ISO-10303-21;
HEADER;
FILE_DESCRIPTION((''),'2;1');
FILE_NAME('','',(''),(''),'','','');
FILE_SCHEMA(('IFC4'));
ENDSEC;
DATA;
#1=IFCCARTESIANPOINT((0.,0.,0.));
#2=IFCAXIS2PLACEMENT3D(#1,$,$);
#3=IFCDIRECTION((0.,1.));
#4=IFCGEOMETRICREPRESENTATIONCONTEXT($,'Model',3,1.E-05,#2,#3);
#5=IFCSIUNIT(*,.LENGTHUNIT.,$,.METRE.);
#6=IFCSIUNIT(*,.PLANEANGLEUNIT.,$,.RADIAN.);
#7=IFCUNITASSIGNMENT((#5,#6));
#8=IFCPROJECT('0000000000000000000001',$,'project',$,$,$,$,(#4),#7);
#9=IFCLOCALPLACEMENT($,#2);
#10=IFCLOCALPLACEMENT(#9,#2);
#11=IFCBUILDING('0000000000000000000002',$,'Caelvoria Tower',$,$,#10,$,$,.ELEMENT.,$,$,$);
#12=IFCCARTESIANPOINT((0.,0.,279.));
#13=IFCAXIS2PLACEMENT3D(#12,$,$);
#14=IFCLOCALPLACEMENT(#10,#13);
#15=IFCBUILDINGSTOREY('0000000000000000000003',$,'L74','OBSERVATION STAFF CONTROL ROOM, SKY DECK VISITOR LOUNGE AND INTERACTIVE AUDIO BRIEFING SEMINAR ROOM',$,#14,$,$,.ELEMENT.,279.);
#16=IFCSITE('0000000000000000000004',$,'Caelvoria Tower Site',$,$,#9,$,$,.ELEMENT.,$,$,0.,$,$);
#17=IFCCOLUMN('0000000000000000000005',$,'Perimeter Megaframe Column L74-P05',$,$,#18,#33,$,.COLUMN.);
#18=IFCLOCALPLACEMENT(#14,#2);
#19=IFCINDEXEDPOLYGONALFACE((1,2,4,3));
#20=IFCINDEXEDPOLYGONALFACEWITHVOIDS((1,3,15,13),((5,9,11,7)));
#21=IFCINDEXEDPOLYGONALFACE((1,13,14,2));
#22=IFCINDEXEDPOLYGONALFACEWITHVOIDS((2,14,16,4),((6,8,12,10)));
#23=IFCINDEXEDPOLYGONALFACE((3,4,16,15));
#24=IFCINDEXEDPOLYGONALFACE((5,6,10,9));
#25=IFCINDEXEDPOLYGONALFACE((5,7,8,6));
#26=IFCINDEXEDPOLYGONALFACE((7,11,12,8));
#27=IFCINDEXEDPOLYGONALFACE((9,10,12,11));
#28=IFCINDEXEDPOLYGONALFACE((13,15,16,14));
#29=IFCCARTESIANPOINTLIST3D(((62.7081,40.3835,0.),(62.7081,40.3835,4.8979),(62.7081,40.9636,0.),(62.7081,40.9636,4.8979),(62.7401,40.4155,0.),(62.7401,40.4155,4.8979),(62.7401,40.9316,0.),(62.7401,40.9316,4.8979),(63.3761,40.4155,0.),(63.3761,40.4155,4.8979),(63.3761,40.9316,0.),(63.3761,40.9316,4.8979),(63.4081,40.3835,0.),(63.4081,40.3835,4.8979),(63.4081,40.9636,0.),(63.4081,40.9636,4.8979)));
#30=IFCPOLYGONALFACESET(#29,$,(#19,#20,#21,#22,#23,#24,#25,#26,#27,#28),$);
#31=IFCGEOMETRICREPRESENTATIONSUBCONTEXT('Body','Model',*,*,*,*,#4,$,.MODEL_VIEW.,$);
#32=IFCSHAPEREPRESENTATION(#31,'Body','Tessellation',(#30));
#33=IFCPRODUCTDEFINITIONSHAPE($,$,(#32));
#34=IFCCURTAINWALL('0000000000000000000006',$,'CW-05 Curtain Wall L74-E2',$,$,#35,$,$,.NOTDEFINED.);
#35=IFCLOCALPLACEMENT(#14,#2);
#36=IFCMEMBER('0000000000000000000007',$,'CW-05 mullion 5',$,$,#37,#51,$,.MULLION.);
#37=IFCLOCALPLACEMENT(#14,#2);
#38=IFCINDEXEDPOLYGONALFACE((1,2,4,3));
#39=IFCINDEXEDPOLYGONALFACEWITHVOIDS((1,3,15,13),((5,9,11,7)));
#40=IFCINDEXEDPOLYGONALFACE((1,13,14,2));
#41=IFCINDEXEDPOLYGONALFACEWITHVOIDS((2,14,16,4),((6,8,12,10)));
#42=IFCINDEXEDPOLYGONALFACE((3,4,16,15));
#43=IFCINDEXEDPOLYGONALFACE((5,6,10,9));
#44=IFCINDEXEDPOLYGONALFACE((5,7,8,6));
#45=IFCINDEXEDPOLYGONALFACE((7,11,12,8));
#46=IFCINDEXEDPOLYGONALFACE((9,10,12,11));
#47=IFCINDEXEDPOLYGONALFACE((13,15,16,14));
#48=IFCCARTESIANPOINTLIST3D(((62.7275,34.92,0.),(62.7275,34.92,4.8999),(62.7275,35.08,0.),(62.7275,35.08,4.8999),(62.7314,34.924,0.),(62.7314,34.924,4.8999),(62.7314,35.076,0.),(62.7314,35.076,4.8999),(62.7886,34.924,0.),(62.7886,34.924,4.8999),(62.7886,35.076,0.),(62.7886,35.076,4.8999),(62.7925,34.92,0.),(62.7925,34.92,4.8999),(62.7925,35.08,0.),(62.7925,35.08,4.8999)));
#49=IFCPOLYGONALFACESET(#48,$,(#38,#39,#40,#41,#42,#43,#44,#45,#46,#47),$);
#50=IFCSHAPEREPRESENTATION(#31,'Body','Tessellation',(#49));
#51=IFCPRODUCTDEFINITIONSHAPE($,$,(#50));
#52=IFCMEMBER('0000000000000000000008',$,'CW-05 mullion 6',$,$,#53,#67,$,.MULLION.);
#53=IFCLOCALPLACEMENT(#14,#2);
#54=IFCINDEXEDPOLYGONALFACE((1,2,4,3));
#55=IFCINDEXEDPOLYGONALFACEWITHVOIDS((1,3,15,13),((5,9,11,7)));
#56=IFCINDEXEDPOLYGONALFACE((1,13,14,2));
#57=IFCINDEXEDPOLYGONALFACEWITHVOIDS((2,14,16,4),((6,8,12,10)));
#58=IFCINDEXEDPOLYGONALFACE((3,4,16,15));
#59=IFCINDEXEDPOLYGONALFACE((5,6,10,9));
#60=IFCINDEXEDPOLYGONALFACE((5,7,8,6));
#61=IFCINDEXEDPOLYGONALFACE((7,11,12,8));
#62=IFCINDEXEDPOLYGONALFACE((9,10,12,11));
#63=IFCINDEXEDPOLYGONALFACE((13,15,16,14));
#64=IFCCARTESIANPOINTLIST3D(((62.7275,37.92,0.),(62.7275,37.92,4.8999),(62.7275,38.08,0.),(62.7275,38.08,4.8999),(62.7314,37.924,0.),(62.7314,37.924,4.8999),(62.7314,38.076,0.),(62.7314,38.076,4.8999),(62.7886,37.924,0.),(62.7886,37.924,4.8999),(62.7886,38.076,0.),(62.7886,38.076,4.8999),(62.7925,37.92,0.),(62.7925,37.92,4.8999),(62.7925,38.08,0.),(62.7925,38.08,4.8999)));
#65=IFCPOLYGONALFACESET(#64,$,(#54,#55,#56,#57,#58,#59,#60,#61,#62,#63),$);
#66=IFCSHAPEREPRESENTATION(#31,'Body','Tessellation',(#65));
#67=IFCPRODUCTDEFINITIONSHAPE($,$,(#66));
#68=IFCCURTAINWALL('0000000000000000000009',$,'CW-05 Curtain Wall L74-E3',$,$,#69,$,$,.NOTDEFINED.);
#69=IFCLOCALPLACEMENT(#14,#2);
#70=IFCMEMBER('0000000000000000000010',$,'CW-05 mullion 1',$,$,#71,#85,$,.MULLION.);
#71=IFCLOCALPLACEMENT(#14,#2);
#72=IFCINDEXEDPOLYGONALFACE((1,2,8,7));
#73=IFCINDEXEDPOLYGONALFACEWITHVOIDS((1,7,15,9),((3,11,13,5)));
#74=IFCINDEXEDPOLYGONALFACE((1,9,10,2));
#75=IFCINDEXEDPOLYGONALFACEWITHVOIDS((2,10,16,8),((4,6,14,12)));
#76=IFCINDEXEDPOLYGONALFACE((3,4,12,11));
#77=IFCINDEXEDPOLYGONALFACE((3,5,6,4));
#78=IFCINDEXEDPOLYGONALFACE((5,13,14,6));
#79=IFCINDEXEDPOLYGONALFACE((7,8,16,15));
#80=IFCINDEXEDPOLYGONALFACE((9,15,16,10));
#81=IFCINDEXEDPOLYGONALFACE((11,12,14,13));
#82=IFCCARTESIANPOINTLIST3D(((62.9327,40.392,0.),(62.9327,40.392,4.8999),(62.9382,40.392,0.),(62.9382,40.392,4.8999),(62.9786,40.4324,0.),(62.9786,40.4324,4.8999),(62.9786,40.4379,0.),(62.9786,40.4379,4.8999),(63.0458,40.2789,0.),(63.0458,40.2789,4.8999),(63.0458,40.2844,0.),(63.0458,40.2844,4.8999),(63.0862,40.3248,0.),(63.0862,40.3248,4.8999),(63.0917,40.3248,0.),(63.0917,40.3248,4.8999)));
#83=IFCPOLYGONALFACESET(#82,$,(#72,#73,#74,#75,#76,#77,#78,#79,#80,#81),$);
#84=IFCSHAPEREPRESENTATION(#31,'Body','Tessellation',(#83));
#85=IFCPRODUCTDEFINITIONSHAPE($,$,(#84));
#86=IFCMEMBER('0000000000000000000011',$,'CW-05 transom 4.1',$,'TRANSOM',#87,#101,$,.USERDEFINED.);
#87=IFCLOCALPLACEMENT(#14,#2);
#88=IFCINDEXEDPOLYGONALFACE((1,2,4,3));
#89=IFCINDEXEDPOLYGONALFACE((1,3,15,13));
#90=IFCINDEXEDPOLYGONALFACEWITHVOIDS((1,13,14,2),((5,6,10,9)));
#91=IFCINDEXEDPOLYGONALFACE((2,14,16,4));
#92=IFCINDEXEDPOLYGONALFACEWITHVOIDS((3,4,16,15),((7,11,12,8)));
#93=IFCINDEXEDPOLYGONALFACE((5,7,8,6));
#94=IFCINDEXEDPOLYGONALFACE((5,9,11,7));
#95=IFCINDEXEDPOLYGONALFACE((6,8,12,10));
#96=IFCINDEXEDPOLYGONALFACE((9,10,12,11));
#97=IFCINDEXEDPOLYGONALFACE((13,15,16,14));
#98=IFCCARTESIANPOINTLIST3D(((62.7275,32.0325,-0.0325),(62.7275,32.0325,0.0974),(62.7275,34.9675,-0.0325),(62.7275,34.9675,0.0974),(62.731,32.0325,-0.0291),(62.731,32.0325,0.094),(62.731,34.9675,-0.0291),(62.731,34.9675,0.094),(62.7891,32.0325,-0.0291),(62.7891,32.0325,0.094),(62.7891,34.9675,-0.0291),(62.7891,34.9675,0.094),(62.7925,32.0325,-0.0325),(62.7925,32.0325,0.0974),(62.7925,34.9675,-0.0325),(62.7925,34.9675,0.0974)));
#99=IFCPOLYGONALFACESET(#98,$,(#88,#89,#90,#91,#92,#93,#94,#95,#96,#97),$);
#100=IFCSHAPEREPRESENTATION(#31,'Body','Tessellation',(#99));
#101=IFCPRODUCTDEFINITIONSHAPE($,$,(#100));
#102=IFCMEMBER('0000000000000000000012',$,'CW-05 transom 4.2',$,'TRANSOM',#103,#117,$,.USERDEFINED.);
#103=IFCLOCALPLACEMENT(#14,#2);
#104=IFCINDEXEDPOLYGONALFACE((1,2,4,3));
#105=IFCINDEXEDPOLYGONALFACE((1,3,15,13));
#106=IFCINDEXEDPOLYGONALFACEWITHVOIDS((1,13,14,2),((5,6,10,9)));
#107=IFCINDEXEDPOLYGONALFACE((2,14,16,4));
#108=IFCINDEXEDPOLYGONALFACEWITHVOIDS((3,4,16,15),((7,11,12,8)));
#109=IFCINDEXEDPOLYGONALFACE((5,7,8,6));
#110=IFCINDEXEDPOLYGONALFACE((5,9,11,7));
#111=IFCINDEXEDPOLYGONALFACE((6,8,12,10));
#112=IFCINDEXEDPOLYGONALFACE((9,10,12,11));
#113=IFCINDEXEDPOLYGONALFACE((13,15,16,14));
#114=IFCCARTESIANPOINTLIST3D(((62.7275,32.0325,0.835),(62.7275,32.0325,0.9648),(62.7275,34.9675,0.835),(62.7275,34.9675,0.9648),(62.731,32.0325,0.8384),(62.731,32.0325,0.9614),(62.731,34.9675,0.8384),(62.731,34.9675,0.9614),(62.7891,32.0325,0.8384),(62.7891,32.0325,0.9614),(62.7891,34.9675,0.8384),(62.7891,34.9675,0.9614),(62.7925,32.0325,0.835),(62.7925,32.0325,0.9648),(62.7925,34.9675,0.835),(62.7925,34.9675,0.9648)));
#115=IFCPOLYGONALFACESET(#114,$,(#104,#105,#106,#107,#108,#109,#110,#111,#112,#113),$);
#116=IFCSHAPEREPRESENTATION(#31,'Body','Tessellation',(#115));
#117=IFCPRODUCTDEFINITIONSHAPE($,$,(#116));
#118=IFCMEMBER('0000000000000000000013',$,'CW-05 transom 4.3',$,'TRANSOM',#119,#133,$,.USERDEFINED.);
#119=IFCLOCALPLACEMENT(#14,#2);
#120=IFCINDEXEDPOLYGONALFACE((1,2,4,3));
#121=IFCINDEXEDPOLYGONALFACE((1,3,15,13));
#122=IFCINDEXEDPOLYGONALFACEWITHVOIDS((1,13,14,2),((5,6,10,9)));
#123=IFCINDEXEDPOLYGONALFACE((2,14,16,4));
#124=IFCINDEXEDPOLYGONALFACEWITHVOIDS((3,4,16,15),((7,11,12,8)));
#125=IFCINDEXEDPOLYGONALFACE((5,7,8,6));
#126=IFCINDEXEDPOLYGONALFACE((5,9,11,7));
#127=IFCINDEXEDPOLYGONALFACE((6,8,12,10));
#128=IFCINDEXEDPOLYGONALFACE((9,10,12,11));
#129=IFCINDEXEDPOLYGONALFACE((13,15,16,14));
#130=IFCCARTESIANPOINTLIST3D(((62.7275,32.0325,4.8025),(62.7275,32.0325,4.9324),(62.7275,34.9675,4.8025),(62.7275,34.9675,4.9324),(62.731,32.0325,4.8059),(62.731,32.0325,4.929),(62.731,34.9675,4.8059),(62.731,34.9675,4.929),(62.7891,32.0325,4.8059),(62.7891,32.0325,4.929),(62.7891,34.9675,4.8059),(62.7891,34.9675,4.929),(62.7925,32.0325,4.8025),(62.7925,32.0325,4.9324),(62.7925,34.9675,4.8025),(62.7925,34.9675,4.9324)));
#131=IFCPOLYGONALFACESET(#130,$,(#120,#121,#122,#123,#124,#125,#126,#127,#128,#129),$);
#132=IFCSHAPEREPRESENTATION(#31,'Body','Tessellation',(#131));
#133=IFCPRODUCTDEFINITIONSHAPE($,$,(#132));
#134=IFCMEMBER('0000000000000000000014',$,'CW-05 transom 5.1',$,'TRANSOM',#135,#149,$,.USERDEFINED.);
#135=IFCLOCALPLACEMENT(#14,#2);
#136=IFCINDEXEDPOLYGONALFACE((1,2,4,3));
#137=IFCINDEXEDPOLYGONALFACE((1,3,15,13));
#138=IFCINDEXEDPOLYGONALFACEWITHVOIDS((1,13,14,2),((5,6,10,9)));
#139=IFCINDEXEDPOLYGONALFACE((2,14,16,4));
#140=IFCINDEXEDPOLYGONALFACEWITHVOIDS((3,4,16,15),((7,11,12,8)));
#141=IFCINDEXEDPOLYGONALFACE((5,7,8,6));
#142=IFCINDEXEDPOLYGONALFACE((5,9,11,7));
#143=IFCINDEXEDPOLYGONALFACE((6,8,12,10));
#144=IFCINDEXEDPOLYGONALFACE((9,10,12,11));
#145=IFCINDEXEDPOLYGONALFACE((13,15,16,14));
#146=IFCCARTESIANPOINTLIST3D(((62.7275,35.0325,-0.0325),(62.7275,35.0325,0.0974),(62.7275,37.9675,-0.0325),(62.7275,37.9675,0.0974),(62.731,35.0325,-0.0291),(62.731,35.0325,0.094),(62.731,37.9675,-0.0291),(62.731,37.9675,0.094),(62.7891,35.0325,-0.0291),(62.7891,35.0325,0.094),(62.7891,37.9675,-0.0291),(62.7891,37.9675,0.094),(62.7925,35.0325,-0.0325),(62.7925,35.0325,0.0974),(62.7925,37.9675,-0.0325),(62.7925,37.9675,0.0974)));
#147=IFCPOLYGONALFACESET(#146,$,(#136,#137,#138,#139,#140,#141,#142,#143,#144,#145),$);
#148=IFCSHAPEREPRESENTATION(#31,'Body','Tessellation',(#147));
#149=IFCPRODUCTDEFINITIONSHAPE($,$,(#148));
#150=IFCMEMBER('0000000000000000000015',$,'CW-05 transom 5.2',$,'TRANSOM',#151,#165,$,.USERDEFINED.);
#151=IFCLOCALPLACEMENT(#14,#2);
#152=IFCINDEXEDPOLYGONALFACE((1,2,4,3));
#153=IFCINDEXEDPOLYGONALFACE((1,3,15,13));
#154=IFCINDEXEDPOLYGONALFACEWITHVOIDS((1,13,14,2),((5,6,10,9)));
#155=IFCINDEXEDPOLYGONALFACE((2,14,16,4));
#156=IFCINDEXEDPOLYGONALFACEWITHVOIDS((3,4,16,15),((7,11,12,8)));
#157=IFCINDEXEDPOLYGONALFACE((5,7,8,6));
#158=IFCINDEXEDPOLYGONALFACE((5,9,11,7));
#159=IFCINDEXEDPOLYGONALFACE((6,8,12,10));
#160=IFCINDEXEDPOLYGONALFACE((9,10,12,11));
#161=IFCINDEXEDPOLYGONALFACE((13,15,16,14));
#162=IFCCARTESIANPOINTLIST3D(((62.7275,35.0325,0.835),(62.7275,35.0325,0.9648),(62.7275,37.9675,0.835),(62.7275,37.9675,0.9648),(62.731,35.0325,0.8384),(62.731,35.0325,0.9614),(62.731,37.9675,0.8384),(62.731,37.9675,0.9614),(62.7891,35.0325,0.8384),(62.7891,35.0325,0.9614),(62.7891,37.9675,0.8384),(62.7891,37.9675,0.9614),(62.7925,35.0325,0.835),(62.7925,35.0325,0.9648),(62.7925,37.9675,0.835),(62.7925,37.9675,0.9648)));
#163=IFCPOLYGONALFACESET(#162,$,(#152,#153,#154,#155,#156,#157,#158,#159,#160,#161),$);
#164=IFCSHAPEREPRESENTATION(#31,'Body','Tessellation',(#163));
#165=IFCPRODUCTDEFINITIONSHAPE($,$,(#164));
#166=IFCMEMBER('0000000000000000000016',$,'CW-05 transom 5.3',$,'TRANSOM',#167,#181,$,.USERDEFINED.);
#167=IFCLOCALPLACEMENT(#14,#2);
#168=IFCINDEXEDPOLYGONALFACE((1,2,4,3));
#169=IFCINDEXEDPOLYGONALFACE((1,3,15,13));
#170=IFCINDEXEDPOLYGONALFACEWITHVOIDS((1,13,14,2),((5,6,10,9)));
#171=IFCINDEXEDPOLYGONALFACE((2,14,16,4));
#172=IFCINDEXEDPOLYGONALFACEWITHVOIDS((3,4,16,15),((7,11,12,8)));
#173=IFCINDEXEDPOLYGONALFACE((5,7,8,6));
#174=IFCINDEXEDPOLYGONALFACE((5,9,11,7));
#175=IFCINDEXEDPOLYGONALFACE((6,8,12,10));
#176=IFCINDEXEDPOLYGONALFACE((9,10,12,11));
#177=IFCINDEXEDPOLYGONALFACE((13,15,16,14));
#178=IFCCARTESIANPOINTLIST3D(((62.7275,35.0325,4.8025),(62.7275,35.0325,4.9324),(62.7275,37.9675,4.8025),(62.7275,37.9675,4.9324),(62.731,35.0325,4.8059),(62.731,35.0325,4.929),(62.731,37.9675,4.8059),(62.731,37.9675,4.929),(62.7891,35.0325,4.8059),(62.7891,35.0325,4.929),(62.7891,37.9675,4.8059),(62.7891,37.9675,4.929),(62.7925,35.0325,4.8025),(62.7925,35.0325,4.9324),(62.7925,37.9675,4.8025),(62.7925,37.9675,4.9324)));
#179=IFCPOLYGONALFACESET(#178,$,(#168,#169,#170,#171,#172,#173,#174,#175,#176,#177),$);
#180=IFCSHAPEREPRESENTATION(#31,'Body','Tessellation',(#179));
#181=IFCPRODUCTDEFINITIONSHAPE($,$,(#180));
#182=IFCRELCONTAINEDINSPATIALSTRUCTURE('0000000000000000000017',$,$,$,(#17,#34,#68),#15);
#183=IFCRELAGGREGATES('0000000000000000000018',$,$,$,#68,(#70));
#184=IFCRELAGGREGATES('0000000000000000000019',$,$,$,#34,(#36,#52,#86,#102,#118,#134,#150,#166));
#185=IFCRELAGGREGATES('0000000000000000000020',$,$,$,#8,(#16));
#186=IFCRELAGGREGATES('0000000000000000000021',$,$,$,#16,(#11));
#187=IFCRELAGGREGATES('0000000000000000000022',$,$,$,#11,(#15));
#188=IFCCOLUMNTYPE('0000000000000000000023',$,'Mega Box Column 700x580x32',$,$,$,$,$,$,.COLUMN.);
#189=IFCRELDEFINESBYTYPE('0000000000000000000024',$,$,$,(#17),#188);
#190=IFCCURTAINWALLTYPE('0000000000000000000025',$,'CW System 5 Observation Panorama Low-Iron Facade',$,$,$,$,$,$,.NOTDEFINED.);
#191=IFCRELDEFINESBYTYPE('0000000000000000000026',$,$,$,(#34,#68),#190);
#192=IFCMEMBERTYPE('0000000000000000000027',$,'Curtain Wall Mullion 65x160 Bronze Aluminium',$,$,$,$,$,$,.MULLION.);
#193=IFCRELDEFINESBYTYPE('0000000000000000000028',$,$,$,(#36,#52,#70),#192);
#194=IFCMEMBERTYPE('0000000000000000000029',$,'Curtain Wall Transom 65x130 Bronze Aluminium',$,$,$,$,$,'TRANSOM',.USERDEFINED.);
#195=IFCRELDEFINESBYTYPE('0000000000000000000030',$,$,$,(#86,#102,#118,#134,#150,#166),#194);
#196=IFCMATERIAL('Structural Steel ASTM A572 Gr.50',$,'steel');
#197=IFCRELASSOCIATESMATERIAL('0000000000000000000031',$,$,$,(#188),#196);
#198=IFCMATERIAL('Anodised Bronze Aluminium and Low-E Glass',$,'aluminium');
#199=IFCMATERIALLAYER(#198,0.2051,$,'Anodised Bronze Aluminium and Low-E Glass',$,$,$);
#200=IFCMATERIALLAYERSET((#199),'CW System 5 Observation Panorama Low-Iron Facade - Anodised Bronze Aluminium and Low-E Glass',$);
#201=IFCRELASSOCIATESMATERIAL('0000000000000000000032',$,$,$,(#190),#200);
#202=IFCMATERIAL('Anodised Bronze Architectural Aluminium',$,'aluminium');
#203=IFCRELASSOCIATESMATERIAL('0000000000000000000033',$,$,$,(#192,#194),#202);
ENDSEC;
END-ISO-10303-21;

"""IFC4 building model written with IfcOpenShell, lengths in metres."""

from ifc_helpers import new_model, si_unit, direction, frame, origin, origin_2d, place, context, subcontext, project, spatial, hollow_rectangle, extrude, material, layer, layer_set, material_profile, profile_set, type_object, element, aggregate, save


model = new_model("IFC4")

# Units and contexts
model_context = context("Model", 3, precision=1e-05, world=origin(), true_north=direction((0.0, 1.0)))
body_context = subcontext(model_context, "Body", "Model", "MODEL_VIEW")
ifc_project = project(units=[si_unit("LENGTHUNIT", "METRE"), si_unit("PLANEANGLEUNIT", "RADIAN")], contexts=[model_context])

# Site, building, storey
site_placement = place(None, origin())
site = spatial("IfcSite", under=ifc_project, at=site_placement, Name="Caelvoria Tower Site", CompositionType="ELEMENT", RefElevation=0.0)
building_placement = place(site_placement, origin())
building = spatial("IfcBuilding", under=site, at=building_placement, Name="Caelvoria Tower", CompositionType="ELEMENT")
storey_placement = place(building_placement, frame((0.0, 0.0, 279.0)))
storey = spatial("IfcBuildingStorey", under=building, at=storey_placement, Name="L74", Description="OBSERVATION STAFF CONTROL ROOM, SKY DECK VISITOR LOUNGE AND INTERACTIVE AUDIO BRIEFING SEMINAR ROOM", CompositionType="ELEMENT", Elevation=279.0)

# Column
ifc_material_1 = material(Name="Structural Steel ASTM A572 Gr.50", Category="steel")
ifc_material_profile_1 = material_profile(ifc_material_1, hollow_rectangle(XDim=0.5801, YDim=0.7, WallThickness=0.032, at=origin_2d()), Name="Structural Steel ASTM A572 Gr.50")
ifc_profile_set_1 = profile_set([ifc_material_profile_1], Name="BOX700X580X32 - Structural Steel ASTM A572 Gr.50")
column_type = type_object("IfcColumnType", Name="Mega Box Column 700x580x32", PredefinedType="COLUMN", material=ifc_profile_set_1)
column_placement = place(storey_placement, frame((63.0581, 40.6736, 0.0), z_axis=(0.0, 0.0, 1.0), x_axis=(0.0, 1.0, 0.0)))
element("IfcColumn", 1, at=column_placement, inside=storey, type_object=column_type, Name="Perimeter Megaframe Column L74-P05", PredefinedType="COLUMN", context=body_context, shape_type="SweptSolid", body=[
    extrude(hollow_rectangle(XDim=0.5801, YDim=0.7, WallThickness=0.032, at=origin_2d()), origin(), (0.0, 0.0, 1.0), 4.8979),
])

# Curtain wall, members
ifc_material_2 = material(Name="Anodised Bronze Aluminium and Low-E Glass", Category="aluminium")
ifc_layer_1 = layer(ifc_material_2, 0.2051, Name="Anodised Bronze Aluminium and Low-E Glass")
ifc_layer_set_1 = layer_set([ifc_layer_1], Name="CW System 5 Observation Panorama Low-Iron Facade - Anodised Bronze Aluminium and Low-E Glass")
curtain_wall_type = type_object("IfcCurtainWallType", Name="CW System 5 Observation Panorama Low-Iron Facade", PredefinedType="NOTDEFINED", material=ifc_layer_set_1)
curtain_wall_1_placement = place(storey_placement, origin())
curtain_wall_1 = element("IfcCurtainWall", 2, at=curtain_wall_1_placement, inside=storey, type_object=curtain_wall_type, Name="CW-05 Curtain Wall L74-E2", PredefinedType="NOTDEFINED")
ifc_material_3 = material(Name="Anodised Bronze Architectural Aluminium", Category="aluminium")
ifc_material_profile_2 = material_profile(ifc_material_3, hollow_rectangle(XDim=0.0649, YDim=0.1599, WallThickness=0.0039, at=origin_2d()), Name="Anodised Bronze Architectural Aluminium")
ifc_profile_set_2 = profile_set([ifc_material_profile_2], Name="CW_MULL_65X160 - Anodised Bronze Architectural Aluminium")
member_type_1 = type_object("IfcMemberType", Name="Curtain Wall Mullion 65x160 Bronze Aluminium", PredefinedType="MULLION", material=ifc_profile_set_2)
member_1_placement = place(storey_placement, frame((62.76, 35.0, 0.0), z_axis=(0.0, 0.0, 1.0), x_axis=(-1.0, 0.0, 0.0)))
member_1 = element("IfcMember", 3, at=member_1_placement, type_object=member_type_1, Name="CW-05 mullion 5", PredefinedType="MULLION", context=body_context, shape_type="SweptSolid", body=[
    extrude(hollow_rectangle(XDim=0.0649, YDim=0.1599, WallThickness=0.0039, at=origin_2d()), origin(), (0.0, 0.0, 1.0), 4.8999),
])
member_2_placement = place(storey_placement, frame((62.76, 38.0, 0.0), z_axis=(0.0, 0.0, 1.0), x_axis=(-1.0, 0.0, 0.0)))
member_2 = element("IfcMember", 4, at=member_2_placement, type_object=member_type_1, Name="CW-05 mullion 6", PredefinedType="MULLION", context=body_context, shape_type="SweptSolid", body=[
    extrude(hollow_rectangle(XDim=0.0649, YDim=0.1599, WallThickness=0.0039, at=origin_2d()), origin(), (0.0, 0.0, 1.0), 4.8999),
])

# Curtain wall, member
curtain_wall_2_placement = place(storey_placement, origin())
curtain_wall_2 = element("IfcCurtainWall", 5, at=curtain_wall_2_placement, inside=storey, type_object=curtain_wall_type, Name="CW-05 Curtain Wall L74-E3", PredefinedType="NOTDEFINED")
member_3_placement = place(storey_placement, frame((63.0122, 40.3584, 0.0), z_axis=(0.0, 0.0, 1.0), x_axis=(-0.707107, -0.707107, 0.0)))
member_3 = element("IfcMember", 6, at=member_3_placement, type_object=member_type_1, Name="CW-05 mullion 1", PredefinedType="MULLION", context=body_context, shape_type="SweptSolid", body=[
    extrude(hollow_rectangle(XDim=0.0649, YDim=0.1599, WallThickness=0.0039, at=origin_2d()), origin(), (0.0, 0.0, 1.0), 4.8999),
])

# Members
ifc_material_profile_3 = material_profile(ifc_material_3, hollow_rectangle(XDim=0.0649, YDim=0.1299, WallThickness=0.0034, at=origin_2d()), Name="Anodised Bronze Architectural Aluminium")
ifc_profile_set_3 = profile_set([ifc_material_profile_3], Name="CW_TRAN_65X130 - Anodised Bronze Architectural Aluminium")
member_type_2 = type_object("IfcMemberType", Name="Curtain Wall Transom 65x130 Bronze Aluminium", ElementType="TRANSOM", PredefinedType="USERDEFINED", material=ifc_profile_set_3)
member_4_placement = place(storey_placement, frame((62.76, 32.0325, 0.0325), z_axis=(0.0, 1.0, 0.0), x_axis=(-1.0, 0.0, 0.0)))
member_4 = element("IfcMember", 7, at=member_4_placement, type_object=member_type_2, Name="CW-05 transom 4.1", ObjectType="TRANSOM", PredefinedType="USERDEFINED", context=body_context, shape_type="SweptSolid", body=[
    extrude(hollow_rectangle(XDim=0.0649, YDim=0.1299, WallThickness=0.0034, at=origin_2d()), origin(), (0.0, 0.0, 1.0), 2.9351),
])
member_5_placement = place(storey_placement, frame((62.76, 32.0325, 0.8999), z_axis=(0.0, 1.0, 0.0), x_axis=(-1.0, 0.0, 0.0)))
member_5 = element("IfcMember", 8, at=member_5_placement, type_object=member_type_2, Name="CW-05 transom 4.2", ObjectType="TRANSOM", PredefinedType="USERDEFINED", context=body_context, shape_type="SweptSolid", body=[
    extrude(hollow_rectangle(XDim=0.0649, YDim=0.1299, WallThickness=0.0034, at=origin_2d()), origin(), (0.0, 0.0, 1.0), 2.9351),
])
member_6_placement = place(storey_placement, frame((62.76, 32.0325, 4.8674), z_axis=(0.0, 1.0, 0.0), x_axis=(-1.0, 0.0, 0.0)))
member_6 = element("IfcMember", 9, at=member_6_placement, type_object=member_type_2, Name="CW-05 transom 4.3", ObjectType="TRANSOM", PredefinedType="USERDEFINED", context=body_context, shape_type="SweptSolid", body=[
    extrude(hollow_rectangle(XDim=0.0649, YDim=0.1299, WallThickness=0.0034, at=origin_2d()), origin(), (0.0, 0.0, 1.0), 2.9351),
])
member_7_placement = place(storey_placement, frame((62.76, 35.0325, 0.0325), z_axis=(0.0, 1.0, 0.0), x_axis=(-1.0, 0.0, 0.0)))
member_7 = element("IfcMember", 10, at=member_7_placement, type_object=member_type_2, Name="CW-05 transom 5.1", ObjectType="TRANSOM", PredefinedType="USERDEFINED", context=body_context, shape_type="SweptSolid", body=[
    extrude(hollow_rectangle(XDim=0.0649, YDim=0.1299, WallThickness=0.0034, at=origin_2d()), origin(), (0.0, 0.0, 1.0), 2.9351),
])
member_8_placement = place(storey_placement, frame((62.76, 35.0325, 0.8999), z_axis=(0.0, 1.0, 0.0), x_axis=(-1.0, 0.0, 0.0)))
member_8 = element("IfcMember", 11, at=member_8_placement, type_object=member_type_2, Name="CW-05 transom 5.2", ObjectType="TRANSOM", PredefinedType="USERDEFINED", context=body_context, shape_type="SweptSolid", body=[
    extrude(hollow_rectangle(XDim=0.0649, YDim=0.1299, WallThickness=0.0034, at=origin_2d()), origin(), (0.0, 0.0, 1.0), 2.9351),
])
member_9_placement = place(storey_placement, frame((62.76, 35.0325, 4.8674), z_axis=(0.0, 1.0, 0.0), x_axis=(-1.0, 0.0, 0.0)))
member_9 = element("IfcMember", 12, at=member_9_placement, type_object=member_type_2, Name="CW-05 transom 5.3", ObjectType="TRANSOM", PredefinedType="USERDEFINED", context=body_context, shape_type="SweptSolid", body=[
    extrude(hollow_rectangle(XDim=0.0649, YDim=0.1299, WallThickness=0.0034, at=origin_2d()), origin(), (0.0, 0.0, 1.0), 2.9351),
])
aggregate(curtain_wall_2, [member_3])

aggregate(curtain_wall_1, [member_1, member_2, member_4, member_5, member_6, member_7, member_8, member_9])

save(model, "model.ifc")
